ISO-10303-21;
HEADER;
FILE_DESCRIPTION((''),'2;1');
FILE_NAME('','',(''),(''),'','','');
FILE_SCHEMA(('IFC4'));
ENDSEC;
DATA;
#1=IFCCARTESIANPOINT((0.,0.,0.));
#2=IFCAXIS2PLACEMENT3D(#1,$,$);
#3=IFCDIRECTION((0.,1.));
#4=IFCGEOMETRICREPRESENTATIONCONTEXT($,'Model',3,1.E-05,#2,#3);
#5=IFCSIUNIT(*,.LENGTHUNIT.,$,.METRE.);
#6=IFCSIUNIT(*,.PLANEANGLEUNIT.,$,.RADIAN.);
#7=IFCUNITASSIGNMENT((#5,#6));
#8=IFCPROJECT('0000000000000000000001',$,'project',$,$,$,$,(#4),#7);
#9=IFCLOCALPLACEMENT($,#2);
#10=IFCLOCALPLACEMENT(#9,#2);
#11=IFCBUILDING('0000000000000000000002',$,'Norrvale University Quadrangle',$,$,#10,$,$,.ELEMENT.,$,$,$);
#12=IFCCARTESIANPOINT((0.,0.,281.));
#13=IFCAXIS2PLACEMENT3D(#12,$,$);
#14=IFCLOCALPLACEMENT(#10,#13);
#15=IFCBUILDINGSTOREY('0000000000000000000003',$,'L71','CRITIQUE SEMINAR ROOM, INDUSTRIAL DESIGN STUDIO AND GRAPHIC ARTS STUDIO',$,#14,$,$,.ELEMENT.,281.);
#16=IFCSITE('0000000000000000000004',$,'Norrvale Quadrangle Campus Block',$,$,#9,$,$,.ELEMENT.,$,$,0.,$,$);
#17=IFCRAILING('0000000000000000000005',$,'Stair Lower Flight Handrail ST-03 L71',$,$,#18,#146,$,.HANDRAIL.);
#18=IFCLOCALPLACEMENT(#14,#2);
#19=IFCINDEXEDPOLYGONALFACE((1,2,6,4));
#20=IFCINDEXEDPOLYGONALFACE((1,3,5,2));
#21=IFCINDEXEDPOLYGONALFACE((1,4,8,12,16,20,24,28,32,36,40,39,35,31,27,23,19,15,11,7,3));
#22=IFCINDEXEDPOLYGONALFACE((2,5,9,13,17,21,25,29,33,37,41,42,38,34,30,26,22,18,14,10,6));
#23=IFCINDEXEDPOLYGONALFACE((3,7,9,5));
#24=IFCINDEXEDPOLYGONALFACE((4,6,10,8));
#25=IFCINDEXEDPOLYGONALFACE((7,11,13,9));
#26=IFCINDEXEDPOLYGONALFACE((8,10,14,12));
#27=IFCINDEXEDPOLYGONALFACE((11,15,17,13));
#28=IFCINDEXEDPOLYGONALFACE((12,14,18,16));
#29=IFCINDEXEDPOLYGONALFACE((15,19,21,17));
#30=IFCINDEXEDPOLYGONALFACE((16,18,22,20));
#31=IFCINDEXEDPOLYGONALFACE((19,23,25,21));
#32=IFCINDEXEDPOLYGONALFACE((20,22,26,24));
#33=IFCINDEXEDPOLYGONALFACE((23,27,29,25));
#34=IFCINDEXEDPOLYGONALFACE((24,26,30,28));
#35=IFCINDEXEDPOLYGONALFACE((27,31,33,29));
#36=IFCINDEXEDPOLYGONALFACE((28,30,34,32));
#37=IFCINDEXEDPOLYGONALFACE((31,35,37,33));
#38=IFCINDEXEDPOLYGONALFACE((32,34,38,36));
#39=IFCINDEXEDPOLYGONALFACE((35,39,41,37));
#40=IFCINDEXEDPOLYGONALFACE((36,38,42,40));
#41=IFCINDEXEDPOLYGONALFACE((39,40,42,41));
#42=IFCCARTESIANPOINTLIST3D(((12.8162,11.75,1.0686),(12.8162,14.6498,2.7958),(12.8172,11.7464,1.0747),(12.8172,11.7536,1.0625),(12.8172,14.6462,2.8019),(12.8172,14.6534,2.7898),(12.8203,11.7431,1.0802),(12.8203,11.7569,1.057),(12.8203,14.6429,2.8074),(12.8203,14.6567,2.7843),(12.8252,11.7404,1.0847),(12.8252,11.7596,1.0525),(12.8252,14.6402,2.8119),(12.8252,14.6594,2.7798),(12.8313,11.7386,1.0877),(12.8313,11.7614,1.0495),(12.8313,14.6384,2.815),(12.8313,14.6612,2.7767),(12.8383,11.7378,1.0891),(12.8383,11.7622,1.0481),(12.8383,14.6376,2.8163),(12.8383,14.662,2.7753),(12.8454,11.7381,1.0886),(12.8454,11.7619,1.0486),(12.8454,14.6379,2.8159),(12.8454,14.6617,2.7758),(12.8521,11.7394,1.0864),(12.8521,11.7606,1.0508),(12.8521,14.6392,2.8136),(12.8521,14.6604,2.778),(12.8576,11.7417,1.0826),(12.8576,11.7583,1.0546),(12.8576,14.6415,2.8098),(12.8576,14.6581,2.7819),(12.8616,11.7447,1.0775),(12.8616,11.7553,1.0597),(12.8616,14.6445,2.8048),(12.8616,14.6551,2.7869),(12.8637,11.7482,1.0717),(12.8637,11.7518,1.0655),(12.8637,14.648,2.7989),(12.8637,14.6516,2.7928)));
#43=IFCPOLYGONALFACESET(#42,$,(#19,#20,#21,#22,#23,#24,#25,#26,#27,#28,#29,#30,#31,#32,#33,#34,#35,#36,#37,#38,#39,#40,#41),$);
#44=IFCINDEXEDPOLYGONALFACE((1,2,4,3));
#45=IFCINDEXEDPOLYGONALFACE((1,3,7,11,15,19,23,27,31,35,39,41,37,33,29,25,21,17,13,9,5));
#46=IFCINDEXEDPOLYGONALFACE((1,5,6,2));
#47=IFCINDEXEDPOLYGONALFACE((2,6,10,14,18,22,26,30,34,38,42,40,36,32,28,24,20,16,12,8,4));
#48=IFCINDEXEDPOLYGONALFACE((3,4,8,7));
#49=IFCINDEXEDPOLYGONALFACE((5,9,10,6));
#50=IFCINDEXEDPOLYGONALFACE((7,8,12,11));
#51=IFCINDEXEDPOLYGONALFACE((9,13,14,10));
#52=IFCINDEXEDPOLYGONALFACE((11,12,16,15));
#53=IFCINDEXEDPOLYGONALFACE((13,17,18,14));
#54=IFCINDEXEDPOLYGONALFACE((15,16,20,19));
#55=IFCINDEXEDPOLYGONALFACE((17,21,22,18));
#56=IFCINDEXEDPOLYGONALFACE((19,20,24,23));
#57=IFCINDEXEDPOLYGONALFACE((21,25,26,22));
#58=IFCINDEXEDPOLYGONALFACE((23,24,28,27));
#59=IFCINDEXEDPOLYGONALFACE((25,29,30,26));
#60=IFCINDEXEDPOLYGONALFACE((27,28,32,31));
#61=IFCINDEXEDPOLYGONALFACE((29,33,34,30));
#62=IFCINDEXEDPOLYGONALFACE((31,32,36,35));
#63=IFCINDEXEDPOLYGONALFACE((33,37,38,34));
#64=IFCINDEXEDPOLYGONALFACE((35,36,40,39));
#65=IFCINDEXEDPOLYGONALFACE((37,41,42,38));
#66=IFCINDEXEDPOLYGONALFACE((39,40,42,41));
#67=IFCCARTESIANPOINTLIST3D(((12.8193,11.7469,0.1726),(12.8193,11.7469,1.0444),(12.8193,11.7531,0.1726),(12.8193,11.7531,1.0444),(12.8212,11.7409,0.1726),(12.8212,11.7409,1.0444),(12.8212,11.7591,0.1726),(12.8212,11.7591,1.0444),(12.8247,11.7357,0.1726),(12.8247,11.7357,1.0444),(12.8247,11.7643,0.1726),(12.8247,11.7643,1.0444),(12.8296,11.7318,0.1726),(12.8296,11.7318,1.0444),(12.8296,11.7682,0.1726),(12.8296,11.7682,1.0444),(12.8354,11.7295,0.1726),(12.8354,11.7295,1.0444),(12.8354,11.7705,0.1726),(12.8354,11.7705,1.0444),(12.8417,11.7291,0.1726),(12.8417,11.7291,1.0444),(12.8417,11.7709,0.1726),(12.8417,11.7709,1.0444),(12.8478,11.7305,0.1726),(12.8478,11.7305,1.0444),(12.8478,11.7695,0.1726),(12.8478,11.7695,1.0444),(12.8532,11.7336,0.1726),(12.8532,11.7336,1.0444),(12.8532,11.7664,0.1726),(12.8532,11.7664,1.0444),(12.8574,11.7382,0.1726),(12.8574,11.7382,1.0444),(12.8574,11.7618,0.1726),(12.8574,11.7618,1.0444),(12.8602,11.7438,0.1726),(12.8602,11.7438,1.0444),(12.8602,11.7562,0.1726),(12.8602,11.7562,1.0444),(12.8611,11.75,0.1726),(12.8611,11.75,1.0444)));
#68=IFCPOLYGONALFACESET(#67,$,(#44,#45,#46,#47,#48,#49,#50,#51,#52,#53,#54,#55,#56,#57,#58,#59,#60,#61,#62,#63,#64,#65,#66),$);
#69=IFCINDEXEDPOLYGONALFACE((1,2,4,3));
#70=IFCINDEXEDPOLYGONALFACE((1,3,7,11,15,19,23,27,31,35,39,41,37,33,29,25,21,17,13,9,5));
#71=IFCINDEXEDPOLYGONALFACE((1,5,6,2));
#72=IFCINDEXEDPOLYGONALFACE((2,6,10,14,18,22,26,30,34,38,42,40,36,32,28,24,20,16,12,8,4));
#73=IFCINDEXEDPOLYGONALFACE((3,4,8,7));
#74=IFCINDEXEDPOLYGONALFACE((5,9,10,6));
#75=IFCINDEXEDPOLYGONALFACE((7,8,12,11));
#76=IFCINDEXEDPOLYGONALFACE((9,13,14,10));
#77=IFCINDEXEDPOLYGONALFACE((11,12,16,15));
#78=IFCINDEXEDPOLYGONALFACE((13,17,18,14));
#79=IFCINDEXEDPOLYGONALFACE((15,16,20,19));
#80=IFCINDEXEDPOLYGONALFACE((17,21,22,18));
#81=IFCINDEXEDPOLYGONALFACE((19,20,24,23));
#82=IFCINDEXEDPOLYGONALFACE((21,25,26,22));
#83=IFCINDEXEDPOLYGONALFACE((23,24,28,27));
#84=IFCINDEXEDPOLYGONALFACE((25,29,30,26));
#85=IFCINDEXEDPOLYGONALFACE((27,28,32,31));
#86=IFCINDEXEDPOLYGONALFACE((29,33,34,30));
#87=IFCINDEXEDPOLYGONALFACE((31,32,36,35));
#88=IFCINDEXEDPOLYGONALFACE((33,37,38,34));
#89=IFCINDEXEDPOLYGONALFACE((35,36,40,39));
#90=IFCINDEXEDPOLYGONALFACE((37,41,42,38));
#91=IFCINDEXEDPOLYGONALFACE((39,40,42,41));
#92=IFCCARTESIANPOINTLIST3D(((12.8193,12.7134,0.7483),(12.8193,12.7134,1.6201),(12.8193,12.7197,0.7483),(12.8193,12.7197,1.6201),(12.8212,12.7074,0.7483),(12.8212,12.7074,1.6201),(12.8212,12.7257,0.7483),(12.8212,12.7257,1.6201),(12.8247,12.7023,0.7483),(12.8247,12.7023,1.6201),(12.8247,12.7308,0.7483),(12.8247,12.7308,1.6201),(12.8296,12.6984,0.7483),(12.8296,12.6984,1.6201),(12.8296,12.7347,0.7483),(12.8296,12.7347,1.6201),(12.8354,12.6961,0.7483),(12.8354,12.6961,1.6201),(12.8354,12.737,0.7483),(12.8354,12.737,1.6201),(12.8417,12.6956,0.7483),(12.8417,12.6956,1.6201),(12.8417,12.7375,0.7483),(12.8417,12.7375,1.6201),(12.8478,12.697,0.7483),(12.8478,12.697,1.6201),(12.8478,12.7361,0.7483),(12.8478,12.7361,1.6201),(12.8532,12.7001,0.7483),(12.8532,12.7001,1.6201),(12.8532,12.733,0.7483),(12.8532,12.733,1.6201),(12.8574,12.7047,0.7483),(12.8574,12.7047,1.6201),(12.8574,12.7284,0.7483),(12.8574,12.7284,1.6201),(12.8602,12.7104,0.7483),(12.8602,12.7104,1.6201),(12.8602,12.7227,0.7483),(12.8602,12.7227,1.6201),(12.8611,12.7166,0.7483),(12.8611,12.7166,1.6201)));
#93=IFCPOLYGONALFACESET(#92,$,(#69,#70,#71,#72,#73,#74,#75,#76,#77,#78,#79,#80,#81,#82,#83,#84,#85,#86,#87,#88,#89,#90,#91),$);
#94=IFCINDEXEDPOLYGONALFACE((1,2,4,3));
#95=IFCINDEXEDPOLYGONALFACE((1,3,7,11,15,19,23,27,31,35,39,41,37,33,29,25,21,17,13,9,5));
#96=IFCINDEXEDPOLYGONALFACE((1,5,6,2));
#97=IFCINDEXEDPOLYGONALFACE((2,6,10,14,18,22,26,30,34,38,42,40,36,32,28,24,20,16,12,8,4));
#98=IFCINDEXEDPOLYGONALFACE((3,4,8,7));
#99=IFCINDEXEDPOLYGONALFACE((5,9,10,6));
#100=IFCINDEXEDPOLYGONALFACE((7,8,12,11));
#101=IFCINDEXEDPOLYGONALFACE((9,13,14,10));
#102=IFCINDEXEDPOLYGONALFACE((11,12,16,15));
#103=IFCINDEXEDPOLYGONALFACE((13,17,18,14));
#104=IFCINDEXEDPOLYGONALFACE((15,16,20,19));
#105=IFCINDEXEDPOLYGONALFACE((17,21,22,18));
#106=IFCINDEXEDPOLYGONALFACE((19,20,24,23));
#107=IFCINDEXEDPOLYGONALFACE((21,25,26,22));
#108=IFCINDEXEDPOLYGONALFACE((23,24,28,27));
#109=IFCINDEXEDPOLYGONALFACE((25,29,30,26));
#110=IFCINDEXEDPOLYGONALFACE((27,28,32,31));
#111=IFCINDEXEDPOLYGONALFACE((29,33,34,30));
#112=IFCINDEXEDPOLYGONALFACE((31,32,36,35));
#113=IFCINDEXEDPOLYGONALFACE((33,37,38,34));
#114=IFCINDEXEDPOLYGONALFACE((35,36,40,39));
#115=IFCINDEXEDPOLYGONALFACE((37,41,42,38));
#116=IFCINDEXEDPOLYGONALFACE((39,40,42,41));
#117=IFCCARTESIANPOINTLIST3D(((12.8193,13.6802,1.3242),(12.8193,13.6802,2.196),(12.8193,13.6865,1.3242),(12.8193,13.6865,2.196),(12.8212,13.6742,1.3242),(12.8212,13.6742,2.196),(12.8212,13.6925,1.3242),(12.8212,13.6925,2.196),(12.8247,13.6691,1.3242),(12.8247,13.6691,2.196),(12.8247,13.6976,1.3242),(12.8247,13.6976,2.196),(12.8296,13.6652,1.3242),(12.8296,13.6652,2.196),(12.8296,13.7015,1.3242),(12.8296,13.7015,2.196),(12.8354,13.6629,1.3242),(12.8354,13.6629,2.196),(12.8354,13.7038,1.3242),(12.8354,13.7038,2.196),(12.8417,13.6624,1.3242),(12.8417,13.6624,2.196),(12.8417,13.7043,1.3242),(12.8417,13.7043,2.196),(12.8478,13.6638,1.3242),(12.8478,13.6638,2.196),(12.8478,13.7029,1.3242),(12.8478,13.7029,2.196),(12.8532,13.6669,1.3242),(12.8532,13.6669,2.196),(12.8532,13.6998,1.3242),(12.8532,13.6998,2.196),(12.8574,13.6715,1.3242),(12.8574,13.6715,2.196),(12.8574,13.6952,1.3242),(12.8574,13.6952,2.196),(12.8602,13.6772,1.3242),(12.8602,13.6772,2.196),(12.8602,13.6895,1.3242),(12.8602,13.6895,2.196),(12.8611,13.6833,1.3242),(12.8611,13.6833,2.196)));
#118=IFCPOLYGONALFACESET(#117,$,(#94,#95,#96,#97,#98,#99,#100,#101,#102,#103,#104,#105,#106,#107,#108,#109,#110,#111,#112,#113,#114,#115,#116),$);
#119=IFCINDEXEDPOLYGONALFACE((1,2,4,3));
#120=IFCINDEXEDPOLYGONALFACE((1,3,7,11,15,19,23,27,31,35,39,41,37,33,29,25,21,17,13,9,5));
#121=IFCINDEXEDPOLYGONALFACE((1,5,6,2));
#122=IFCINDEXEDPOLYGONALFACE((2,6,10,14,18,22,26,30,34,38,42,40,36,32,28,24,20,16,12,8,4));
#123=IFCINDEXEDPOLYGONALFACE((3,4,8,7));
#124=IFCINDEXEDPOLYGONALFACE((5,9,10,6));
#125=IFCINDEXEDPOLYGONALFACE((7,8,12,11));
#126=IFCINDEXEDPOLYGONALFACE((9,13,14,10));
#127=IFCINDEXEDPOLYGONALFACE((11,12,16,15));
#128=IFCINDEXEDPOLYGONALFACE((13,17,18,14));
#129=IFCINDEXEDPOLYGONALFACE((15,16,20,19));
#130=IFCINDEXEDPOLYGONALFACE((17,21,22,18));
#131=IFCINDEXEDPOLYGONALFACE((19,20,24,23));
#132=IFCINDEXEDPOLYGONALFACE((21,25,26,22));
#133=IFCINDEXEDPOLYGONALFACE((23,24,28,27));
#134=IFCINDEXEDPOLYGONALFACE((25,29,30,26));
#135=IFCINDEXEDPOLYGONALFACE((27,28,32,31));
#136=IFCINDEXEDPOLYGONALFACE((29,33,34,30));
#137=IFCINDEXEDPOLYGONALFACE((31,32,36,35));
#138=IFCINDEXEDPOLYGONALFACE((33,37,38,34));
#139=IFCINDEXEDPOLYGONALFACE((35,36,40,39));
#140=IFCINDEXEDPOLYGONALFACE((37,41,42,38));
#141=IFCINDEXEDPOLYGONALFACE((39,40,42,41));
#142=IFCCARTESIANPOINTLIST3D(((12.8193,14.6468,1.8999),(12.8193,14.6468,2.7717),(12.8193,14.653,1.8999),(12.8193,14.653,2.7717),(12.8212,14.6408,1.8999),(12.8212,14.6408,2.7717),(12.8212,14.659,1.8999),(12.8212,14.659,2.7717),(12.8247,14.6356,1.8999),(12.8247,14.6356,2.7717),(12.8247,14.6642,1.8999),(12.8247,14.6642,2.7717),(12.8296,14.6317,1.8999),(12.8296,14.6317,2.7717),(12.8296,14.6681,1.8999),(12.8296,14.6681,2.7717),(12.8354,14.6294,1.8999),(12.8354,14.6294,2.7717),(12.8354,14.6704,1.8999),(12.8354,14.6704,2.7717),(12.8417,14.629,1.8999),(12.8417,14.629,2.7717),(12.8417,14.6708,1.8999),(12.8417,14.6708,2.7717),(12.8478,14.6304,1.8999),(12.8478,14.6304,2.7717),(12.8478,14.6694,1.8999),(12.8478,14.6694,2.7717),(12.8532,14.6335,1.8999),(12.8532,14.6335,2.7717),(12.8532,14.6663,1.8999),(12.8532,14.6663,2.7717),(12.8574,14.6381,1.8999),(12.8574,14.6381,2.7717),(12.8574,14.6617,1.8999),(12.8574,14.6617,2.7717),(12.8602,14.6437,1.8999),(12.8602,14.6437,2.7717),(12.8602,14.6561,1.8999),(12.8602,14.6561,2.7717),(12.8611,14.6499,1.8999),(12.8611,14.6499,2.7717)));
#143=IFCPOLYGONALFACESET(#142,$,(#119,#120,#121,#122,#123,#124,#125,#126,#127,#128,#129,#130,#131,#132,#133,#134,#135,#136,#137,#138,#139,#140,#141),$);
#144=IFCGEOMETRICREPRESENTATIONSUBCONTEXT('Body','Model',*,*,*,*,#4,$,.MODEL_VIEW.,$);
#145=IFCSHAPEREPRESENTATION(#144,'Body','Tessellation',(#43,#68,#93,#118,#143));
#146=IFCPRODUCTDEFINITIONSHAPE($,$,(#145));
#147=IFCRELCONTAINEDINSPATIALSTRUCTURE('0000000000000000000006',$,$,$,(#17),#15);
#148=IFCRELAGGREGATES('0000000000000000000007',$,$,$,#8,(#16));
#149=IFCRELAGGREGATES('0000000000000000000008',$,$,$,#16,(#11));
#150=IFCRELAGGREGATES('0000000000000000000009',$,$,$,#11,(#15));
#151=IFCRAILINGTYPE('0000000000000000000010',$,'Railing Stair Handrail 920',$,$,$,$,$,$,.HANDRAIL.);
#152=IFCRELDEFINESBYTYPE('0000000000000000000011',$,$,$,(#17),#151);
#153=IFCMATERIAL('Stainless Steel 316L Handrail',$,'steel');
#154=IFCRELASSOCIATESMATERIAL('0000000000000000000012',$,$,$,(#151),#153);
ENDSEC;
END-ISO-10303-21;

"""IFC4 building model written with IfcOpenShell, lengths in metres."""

from ifc_helpers import new_model, si_unit, direction, frame, origin, origin_2d, place, context, subcontext, project, spatial, circle, extrude, material, type_object, element, save


model = new_model("IFC4")

# Units and contexts
model_context = context("Model", 3, precision=1e-05, world=origin(), true_north=direction((0.0, 1.0)))
body_context = subcontext(model_context, "Body", "Model", "MODEL_VIEW")
ifc_project = project(units=[si_unit("LENGTHUNIT", "METRE"), si_unit("PLANEANGLEUNIT", "RADIAN")], contexts=[model_context])

# Site, building, storey
site_placement = place(None, origin())
site = spatial("IfcSite", under=ifc_project, at=site_placement, Name="Norrvale Quadrangle Campus Block", CompositionType="ELEMENT", RefElevation=0.0)
building_placement = place(site_placement, origin())
building = spatial("IfcBuilding", under=site, at=building_placement, Name="Norrvale University Quadrangle", CompositionType="ELEMENT")
storey_placement = place(building_placement, frame((0.0, 0.0, 281.0)))
storey = spatial("IfcBuildingStorey", under=building, at=storey_placement, Name="L71", Description="CRITIQUE SEMINAR ROOM, INDUSTRIAL DESIGN STUDIO AND GRAPHIC ARTS STUDIO", CompositionType="ELEMENT", Elevation=281.0)

# Railing
ifc_material_1 = material(Name="Stainless Steel 316L Handrail", Category="steel")
railing_type_1 = type_object("IfcRailingType", Name="Railing Stair Handrail 920", PredefinedType="HANDRAIL", material=ifc_material_1)
railing_1_placement = place(storey_placement, frame((12.8401, 11.75, 0.1726)))
element("IfcRailing", 1, at=railing_1_placement, inside=storey, type_object=railing_type_1, Name="Stair Lower Flight Handrail ST-03 L71", PredefinedType="HANDRAIL", context=body_context, shape_type="SweptSolid", body=[
    extrude(circle(Radius=0.0239, at=origin_2d()), frame((0.0, 0.0, 0.896), z_axis=(0.0, 0.859141, 0.511738), x_axis=(-1.0, 0.0, 0.0)), (0.0, 0.0, 1.0), 3.3752),
    extrude(circle(Radius=0.021, at=origin_2d()), origin(), (0.0, 0.0, 1.0), 0.8718),
    extrude(circle(Radius=0.021, at=origin_2d()), frame((0.0, 0.9666, 0.5757)), (0.0, 0.0, 1.0), 0.8718),
    extrude(circle(Radius=0.021, at=origin_2d()), frame((0.0, 1.9333, 1.1516)), (0.0, 0.0, 1.0), 0.8718),
    extrude(circle(Radius=0.021, at=origin_2d()), frame((0.0, 2.8999, 1.7273)), (0.0, 0.0, 1.0), 0.8718),
])

save(model, "model.ifc")
